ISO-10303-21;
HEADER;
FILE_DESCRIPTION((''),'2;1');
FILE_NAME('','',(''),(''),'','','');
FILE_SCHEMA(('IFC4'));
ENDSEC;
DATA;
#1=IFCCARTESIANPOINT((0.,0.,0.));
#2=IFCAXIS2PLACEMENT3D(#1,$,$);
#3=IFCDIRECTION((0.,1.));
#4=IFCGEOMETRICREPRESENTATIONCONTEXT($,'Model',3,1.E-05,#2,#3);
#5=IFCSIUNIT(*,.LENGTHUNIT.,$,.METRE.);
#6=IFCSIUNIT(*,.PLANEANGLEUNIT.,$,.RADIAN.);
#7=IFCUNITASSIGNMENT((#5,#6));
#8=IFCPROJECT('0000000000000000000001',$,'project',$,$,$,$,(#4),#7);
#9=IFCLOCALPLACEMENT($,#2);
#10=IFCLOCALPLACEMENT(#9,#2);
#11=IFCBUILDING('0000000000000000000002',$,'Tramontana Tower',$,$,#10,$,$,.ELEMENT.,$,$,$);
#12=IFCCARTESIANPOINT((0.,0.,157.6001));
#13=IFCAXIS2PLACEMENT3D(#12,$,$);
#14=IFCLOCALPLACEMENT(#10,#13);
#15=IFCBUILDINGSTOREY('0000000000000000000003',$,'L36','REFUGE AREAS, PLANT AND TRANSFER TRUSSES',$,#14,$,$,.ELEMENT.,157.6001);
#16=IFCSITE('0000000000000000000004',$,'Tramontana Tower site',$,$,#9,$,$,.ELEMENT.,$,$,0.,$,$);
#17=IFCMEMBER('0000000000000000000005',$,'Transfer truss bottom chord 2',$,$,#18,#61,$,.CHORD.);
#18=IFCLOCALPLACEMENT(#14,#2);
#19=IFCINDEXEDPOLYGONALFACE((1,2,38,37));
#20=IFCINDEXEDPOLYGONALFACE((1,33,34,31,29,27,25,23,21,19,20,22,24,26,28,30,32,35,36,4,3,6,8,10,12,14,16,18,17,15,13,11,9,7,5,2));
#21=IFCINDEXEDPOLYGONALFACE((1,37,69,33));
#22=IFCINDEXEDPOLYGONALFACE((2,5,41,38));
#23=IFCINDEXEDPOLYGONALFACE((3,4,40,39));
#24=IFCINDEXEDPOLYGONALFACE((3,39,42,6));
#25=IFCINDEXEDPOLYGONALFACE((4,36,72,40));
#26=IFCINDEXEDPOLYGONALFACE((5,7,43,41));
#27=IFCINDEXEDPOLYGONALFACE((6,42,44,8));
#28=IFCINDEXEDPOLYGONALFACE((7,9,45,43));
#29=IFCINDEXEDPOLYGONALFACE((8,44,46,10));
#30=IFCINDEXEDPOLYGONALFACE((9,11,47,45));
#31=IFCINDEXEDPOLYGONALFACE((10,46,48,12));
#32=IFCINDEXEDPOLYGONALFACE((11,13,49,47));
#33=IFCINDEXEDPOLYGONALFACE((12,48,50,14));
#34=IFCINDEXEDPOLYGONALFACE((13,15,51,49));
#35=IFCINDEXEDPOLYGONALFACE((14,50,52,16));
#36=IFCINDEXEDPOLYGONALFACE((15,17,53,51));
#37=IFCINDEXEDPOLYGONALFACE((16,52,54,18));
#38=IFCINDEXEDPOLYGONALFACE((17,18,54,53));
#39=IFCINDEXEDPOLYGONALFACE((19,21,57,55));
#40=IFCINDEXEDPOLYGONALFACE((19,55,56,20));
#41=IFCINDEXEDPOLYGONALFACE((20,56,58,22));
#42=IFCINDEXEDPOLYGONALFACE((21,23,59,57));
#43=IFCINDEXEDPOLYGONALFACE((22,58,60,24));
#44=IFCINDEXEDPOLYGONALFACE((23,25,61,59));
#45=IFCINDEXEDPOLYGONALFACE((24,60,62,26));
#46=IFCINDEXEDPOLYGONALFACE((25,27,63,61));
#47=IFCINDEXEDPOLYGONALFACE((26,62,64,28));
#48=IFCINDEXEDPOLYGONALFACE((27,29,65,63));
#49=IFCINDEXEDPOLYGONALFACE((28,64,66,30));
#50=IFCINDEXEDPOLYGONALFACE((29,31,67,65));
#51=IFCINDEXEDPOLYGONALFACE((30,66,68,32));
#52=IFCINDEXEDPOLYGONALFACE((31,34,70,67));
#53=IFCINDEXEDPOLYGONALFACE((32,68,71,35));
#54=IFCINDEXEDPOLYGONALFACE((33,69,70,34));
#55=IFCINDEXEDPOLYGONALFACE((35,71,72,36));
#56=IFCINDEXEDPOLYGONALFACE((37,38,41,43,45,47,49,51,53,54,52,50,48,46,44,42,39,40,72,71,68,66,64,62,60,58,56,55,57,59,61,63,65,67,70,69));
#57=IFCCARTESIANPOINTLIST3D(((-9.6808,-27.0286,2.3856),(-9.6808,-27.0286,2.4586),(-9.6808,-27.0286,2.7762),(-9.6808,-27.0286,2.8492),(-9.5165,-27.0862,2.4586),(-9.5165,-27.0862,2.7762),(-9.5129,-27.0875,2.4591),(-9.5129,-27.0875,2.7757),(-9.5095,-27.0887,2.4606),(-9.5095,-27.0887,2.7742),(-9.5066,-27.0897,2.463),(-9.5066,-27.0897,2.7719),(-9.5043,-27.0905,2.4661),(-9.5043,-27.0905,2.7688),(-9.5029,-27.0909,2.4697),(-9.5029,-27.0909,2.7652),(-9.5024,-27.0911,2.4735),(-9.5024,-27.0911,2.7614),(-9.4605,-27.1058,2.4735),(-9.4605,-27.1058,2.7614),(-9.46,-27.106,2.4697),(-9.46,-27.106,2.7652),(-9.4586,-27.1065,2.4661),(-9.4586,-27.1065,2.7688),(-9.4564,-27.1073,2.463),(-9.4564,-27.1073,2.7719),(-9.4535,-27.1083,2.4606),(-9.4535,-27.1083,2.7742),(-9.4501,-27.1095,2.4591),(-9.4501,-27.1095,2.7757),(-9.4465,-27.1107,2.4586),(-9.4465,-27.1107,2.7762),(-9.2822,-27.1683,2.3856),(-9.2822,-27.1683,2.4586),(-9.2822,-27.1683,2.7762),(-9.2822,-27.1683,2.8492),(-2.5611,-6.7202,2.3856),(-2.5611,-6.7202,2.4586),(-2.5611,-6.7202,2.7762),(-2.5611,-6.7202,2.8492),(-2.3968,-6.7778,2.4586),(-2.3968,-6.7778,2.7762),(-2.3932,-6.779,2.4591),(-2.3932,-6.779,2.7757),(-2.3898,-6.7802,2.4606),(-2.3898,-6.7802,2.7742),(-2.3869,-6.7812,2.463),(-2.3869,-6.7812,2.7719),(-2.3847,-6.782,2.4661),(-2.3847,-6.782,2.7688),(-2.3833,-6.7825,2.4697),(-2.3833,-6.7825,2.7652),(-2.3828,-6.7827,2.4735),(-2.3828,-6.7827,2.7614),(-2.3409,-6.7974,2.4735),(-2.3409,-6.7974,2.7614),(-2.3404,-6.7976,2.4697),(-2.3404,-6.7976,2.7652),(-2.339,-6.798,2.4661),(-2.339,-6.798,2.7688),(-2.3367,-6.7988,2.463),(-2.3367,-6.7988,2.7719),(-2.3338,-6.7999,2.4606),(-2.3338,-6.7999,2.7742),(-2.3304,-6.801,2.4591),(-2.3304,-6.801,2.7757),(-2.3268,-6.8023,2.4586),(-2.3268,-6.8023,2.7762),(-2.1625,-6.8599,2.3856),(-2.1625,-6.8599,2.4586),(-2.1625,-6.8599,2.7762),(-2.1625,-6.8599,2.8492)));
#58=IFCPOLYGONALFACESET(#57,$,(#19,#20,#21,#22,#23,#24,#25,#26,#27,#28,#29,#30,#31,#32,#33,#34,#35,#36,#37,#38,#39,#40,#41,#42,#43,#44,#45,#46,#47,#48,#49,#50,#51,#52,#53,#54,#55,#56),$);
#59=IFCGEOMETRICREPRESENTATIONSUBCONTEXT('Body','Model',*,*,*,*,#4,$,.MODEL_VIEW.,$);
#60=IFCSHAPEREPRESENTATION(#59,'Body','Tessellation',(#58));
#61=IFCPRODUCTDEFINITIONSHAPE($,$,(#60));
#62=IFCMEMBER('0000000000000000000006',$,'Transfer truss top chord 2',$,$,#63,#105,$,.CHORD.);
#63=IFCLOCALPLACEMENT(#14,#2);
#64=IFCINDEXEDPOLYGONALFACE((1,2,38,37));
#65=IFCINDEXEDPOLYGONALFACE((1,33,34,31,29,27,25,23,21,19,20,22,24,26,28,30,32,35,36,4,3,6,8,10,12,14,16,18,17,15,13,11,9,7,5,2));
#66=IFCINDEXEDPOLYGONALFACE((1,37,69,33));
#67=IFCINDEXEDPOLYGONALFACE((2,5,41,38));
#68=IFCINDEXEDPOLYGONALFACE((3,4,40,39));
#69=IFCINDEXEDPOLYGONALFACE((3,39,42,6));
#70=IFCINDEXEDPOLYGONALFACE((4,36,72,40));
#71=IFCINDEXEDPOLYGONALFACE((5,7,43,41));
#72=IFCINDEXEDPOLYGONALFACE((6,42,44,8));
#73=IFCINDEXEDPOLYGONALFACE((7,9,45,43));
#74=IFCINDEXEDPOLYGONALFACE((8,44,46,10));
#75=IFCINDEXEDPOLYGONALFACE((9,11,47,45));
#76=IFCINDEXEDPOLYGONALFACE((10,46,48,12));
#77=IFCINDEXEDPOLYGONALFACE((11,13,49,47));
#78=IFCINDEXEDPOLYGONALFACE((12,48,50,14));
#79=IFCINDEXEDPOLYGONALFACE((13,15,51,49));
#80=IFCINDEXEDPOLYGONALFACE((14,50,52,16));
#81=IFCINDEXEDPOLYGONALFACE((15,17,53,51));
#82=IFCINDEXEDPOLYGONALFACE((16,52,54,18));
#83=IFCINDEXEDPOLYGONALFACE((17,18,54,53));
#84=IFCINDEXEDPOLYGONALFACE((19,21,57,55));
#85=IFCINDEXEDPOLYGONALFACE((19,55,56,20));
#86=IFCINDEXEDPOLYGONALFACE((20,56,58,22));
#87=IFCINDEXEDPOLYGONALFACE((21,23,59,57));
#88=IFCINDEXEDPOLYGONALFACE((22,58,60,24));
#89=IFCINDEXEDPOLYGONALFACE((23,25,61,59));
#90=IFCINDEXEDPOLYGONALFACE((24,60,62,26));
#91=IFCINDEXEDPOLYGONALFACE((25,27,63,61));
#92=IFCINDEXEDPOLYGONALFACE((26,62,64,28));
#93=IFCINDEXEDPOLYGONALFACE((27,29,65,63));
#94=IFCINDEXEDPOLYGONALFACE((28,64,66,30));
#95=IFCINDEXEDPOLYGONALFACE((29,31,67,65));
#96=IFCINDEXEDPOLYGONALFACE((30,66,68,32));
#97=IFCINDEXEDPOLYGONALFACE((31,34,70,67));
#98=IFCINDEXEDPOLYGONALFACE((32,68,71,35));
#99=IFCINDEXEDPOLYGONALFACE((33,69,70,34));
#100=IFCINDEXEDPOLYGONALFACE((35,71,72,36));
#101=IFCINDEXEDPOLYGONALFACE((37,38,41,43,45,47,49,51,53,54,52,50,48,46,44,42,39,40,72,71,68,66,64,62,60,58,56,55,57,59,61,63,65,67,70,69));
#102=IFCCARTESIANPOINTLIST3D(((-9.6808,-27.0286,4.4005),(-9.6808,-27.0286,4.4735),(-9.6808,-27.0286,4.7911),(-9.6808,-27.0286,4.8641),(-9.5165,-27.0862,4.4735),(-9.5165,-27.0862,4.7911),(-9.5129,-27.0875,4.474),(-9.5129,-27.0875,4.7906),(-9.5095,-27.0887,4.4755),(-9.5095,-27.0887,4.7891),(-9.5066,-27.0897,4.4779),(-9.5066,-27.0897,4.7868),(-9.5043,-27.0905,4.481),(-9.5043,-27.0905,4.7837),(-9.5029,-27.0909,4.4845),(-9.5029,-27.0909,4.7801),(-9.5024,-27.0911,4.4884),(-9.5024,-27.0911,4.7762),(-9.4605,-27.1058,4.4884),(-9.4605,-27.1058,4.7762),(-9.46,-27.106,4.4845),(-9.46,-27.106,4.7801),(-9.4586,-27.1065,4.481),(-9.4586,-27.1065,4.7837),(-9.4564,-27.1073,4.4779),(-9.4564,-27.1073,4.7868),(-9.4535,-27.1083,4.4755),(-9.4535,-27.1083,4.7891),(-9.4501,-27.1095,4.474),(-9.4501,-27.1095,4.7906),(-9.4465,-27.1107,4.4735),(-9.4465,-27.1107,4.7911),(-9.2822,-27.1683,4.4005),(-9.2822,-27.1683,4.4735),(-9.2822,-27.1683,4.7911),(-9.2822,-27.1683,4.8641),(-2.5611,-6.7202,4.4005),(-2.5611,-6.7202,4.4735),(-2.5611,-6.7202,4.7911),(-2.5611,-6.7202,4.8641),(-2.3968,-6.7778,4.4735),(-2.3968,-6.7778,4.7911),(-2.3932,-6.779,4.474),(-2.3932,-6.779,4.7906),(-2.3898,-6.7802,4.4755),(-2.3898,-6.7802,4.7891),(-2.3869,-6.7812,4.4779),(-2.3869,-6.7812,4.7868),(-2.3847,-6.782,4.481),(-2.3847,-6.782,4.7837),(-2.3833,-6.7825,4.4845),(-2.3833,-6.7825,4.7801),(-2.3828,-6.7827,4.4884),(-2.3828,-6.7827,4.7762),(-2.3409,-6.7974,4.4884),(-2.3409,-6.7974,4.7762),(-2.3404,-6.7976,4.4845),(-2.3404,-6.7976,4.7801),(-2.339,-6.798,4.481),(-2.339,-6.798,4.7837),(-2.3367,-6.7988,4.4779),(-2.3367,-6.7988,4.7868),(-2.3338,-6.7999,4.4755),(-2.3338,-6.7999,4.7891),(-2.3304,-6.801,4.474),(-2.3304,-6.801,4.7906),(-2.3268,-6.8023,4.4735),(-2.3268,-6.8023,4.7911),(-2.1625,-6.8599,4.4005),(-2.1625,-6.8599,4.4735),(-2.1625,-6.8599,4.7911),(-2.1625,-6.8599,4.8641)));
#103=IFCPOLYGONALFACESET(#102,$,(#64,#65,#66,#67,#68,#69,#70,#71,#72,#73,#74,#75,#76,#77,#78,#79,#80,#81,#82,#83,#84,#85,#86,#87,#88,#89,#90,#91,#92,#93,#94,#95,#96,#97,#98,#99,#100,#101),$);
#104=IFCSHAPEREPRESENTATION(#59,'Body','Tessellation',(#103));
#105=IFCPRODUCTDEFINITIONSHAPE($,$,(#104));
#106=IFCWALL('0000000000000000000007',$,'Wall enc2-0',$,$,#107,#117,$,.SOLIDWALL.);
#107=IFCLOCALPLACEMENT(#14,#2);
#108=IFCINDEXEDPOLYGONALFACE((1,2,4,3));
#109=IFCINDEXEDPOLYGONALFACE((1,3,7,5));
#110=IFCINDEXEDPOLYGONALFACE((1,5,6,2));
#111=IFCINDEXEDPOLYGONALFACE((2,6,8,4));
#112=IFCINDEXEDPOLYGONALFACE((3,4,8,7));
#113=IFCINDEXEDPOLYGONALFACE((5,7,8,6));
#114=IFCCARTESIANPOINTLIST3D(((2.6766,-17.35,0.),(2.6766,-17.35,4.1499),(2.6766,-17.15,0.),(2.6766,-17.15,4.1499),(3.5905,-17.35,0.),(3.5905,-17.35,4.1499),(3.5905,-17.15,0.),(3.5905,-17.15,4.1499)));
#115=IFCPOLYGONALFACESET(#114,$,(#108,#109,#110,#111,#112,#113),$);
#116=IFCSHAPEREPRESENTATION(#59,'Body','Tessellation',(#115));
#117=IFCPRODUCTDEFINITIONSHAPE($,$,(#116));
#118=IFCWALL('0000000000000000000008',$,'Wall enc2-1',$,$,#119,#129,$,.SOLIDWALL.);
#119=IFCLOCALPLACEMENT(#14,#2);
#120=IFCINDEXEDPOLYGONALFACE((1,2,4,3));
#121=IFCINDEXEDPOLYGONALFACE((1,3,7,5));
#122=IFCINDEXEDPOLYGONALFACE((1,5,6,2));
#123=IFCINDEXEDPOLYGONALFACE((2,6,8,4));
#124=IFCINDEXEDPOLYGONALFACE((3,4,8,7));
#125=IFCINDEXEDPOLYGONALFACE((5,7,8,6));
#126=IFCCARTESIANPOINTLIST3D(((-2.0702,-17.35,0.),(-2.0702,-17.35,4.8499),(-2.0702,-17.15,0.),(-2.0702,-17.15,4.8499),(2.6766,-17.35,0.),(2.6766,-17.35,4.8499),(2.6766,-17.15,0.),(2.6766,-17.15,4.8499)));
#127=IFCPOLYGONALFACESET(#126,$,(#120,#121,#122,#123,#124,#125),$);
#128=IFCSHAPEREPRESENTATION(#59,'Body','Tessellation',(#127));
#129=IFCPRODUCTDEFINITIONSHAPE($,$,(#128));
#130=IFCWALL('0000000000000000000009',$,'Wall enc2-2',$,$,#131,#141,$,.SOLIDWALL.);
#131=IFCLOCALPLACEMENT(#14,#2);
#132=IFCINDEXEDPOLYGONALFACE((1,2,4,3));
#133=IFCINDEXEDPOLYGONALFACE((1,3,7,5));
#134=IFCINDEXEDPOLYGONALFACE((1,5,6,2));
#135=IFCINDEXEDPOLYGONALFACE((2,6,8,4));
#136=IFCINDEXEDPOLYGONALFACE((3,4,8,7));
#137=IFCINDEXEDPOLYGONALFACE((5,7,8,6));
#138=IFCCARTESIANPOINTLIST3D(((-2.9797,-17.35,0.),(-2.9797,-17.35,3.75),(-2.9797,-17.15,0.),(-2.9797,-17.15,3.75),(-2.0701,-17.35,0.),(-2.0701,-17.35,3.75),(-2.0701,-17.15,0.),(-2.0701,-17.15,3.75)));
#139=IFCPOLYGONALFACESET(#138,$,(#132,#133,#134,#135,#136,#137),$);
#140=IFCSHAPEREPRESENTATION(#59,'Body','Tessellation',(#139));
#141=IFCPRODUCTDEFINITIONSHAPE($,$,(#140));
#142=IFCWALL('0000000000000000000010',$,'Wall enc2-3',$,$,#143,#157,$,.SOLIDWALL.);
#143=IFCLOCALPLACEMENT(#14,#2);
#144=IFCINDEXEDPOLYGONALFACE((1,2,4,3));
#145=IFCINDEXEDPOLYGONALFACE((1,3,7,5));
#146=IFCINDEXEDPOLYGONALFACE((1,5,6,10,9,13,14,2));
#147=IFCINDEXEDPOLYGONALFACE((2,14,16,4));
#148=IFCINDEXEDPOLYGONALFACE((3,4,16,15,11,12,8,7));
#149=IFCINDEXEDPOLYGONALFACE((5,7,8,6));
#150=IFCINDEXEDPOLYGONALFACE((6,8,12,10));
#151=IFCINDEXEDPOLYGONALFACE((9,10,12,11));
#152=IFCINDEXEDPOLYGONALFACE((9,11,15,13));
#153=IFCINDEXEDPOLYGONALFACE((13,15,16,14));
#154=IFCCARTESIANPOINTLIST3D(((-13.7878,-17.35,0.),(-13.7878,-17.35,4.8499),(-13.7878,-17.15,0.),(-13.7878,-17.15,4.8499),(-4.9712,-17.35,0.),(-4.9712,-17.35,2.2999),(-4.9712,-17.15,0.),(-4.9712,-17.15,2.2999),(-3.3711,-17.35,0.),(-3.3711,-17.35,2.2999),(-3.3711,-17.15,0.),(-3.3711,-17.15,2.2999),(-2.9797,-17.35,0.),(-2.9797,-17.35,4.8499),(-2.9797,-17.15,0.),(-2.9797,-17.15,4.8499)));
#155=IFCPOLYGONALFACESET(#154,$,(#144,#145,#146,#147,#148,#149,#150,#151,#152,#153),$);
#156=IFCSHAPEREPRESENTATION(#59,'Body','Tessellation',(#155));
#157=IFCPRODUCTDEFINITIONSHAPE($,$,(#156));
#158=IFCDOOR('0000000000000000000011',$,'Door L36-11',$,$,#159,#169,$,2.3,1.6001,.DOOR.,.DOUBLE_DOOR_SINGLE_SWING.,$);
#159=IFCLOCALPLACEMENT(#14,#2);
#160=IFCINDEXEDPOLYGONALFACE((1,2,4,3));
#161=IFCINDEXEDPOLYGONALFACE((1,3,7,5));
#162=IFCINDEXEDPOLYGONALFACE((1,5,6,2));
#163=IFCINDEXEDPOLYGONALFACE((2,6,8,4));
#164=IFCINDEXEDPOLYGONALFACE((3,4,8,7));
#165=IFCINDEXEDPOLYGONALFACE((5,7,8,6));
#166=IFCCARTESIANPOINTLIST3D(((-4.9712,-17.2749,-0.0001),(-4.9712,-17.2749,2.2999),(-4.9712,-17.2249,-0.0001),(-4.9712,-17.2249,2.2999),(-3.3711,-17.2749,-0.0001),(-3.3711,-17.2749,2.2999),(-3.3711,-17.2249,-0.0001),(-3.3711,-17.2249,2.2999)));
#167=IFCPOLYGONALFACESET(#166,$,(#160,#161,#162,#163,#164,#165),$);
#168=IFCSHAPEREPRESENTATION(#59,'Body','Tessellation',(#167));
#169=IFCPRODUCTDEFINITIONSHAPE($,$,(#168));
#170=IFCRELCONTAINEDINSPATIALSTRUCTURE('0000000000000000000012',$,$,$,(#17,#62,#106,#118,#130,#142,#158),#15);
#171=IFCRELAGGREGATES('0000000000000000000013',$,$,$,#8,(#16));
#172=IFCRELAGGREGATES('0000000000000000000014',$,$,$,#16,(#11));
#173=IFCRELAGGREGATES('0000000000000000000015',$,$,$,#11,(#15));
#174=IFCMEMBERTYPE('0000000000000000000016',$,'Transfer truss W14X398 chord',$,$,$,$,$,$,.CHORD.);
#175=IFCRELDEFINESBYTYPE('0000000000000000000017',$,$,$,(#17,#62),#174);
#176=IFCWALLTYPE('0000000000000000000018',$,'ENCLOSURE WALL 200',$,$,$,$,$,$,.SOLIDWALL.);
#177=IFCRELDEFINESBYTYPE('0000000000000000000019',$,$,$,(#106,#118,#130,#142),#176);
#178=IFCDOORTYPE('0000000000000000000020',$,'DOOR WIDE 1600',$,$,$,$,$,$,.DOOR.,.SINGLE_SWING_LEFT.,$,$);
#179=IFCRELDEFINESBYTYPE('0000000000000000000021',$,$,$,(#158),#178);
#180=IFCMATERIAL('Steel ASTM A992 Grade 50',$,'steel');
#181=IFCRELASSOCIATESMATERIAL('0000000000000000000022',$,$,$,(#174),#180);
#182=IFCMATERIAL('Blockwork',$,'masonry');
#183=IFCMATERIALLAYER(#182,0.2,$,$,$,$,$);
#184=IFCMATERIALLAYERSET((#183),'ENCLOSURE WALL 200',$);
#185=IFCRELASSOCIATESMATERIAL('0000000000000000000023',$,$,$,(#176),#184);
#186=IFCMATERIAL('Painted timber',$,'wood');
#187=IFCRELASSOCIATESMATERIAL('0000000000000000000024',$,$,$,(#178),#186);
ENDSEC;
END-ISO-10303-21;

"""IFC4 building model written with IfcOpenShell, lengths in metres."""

from ifc_helpers import new_model, si_unit, direction, frame, frame_2d, origin, origin_2d, place, context, subcontext, project, spatial, rectangle, i_section, extrude, material, layer, layer_set, material_profile, profile_set, type_object, element, fill, save


model = new_model("IFC4")

# Units and contexts
model_context = context("Model", 3, precision=1e-05, world=origin(), true_north=direction((0.0, 1.0)))
body_context = subcontext(model_context, "Body", "Model", "MODEL_VIEW")
ifc_project = project(units=[si_unit("LENGTHUNIT", "METRE"), si_unit("PLANEANGLEUNIT", "RADIAN")], contexts=[model_context])

# Site, building, storey
site_placement = place(None, origin())
site = spatial("IfcSite", under=ifc_project, at=site_placement, Name="Tramontana Tower site", CompositionType="ELEMENT", RefElevation=0.0)
building_placement = place(site_placement, origin())
building = spatial("IfcBuilding", under=site, at=building_placement, Name="Tramontana Tower", CompositionType="ELEMENT")
storey_placement = place(building_placement, frame((0.0, 0.0, 157.6001)))
storey = spatial("IfcBuildingStorey", under=building, at=storey_placement, Name="L36", Description="REFUGE AREAS, PLANT AND TRANSFER TRUSSES", CompositionType="ELEMENT", Elevation=157.6001)

# Members
ifc_material_1 = material(Name="Steel ASTM A992 Grade 50", Category="steel")
ifc_material_profile_1 = material_profile(ifc_material_1, i_section(OverallWidth=0.4224, OverallDepth=0.4636, WebThickness=0.0444, FlangeThickness=0.073, FilletRadius=0.0149, at=origin_2d()), Name="W14X398")
ifc_profile_set_1 = profile_set([ifc_material_profile_1], Name="Steel ASTM A992 Grade 50")
member_type_1 = type_object("IfcMemberType", Name="Transfer truss W14X398 chord", PredefinedType="CHORD", material=ifc_profile_set_1)
for number, where, z_axis, x_axis, name in (
    (1, (-2.3618, -6.79, 2.6174), (-0.330835, -0.943689, 0.0), (0.943689, -0.330835, 0.0), "Transfer truss bottom chord 2"),
    (2, (-2.3618, -6.79, 4.6323), (-0.330835, -0.943689, 0.0), (0.943689, -0.330835, 0.0), "Transfer truss top chord 2"),
):
    element("IfcMember", number, at=place(storey_placement, frame(where, z_axis=z_axis, x_axis=x_axis)), inside=storey, type_object=member_type_1, Name=name, PredefinedType="CHORD", context=body_context, shape_type="SweptSolid", body=[
        extrude(i_section(OverallWidth=0.4224, OverallDepth=0.4636, WebThickness=0.0444, FlangeThickness=0.073, FilletRadius=0.0149, at=origin_2d()), origin(), (0.0, 0.0, 1.0), 21.5203),
    ])

# Walls
ifc_material_2 = material(Name="Blockwork", Category="masonry")
ifc_layer_1 = layer(ifc_material_2, 0.2)
ifc_layer_set_1 = layer_set([ifc_layer_1], Name="ENCLOSURE WALL 200")
wall_type_1 = type_object("IfcWallType", Name="ENCLOSURE WALL 200", PredefinedType="SOLIDWALL", material=ifc_layer_set_1)
wall_1_placement = place(storey_placement, frame((3.5906, -17.25, 0.0), z_axis=(0.0, 0.0, 1.0), x_axis=(-1.0, 0.0, 0.0)))
element("IfcWall", 3, at=wall_1_placement, inside=storey, type_object=wall_type_1, Name="Wall enc2-0", PredefinedType="SOLIDWALL", context=body_context, shape_type="SweptSolid", body=[
    extrude(rectangle(XDim=0.9138, YDim=0.2, at=frame_2d((0.457, 0.0))), origin(), (0.0, 0.0, 1.0), 4.1499),
])
wall_2_placement = place(storey_placement, frame((2.6768, -17.25, 0.0), z_axis=(0.0, 0.0, 1.0), x_axis=(-1.0, 0.0, 0.0)))
element("IfcWall", 4, at=wall_2_placement, inside=storey, type_object=wall_type_1, Name="Wall enc2-1", PredefinedType="SOLIDWALL", context=body_context, shape_type="SweptSolid", body=[
    extrude(rectangle(XDim=4.7468, YDim=0.2, at=frame_2d((2.3735, 0.0))), origin(), (0.0, 0.0, 1.0), 4.8499),
])
wall_3_placement = place(storey_placement, frame((-2.0701, -17.25, 0.0), z_axis=(0.0, 0.0, 1.0), x_axis=(-1.0, 0.0, 0.0)))
element("IfcWall", 5, at=wall_3_placement, inside=storey, type_object=wall_type_1, Name="Wall enc2-2", PredefinedType="SOLIDWALL", context=body_context, shape_type="SweptSolid", body=[
    extrude(rectangle(XDim=0.9097, YDim=0.2, at=frame_2d((0.4548, 0.0))), origin(), (0.0, 0.0, 1.0), 3.75),
])

# Wall, opening, door
wall_4_placement = place(storey_placement, frame((-2.9797, -17.25, 0.0), z_axis=(0.0, 0.0, 1.0), x_axis=(-1.0, 0.0, 0.0)))
wall_4 = element("IfcWall", 6, at=wall_4_placement, inside=storey, type_object=wall_type_1, Name="Wall enc2-3", PredefinedType="SOLIDWALL", context=body_context, shape_type="SweptSolid", body=[
    extrude(rectangle(XDim=10.8081, YDim=0.2, at=frame_2d((5.4041, 0.0))), origin(), (0.0, 0.0, 1.0), 4.8499),
])
opening_1_placement = place(wall_4_placement, frame((0.3914, 0.0, 0.0)))
opening_1 = element("IfcOpeningElement", 7, at=opening_1_placement, cuts=wall_4, PredefinedType="OPENING", context=body_context, shape_type="SweptSolid", body=[
    extrude(rectangle(XDim=1.6001, YDim=2.3, at=frame_2d((0.8, 1.1499))), frame((0.0, 0.1099, 0.0), z_axis=(0.0, -1.0, 0.0), x_axis=(1.0, 0.0, 0.0)), (0.0, 0.0, 1.0), 0.22),
])
ifc_material_3 = material(Name="Painted timber", Category="wood")
door_type_1 = type_object("IfcDoorType", Name="DOOR WIDE 1600", OperationType="SINGLE_SWING_LEFT", PredefinedType="DOOR", material=ifc_material_3)
door_1_placement = place(opening_1_placement, origin())
door_1 = element("IfcDoor", 8, at=door_1_placement, inside=storey, type_object=door_type_1, Name="Door L36-11", OperationType="DOUBLE_DOOR_SINGLE_SWING", OverallHeight=2.3, OverallWidth=1.6001, PredefinedType="DOOR", context=body_context, shape_type="SweptSolid", body=[
    extrude(rectangle(XDim=1.6001, YDim=2.3, at=frame_2d((0.8, 1.1499))), frame((0.0, 0.0249, 0.0), z_axis=(0.0, -1.0, 0.0), x_axis=(1.0, 0.0, 0.0)), (0.0, 0.0, 1.0), 0.05),
])
fill(opening_1, door_1)

save(model, "model.ifc")
